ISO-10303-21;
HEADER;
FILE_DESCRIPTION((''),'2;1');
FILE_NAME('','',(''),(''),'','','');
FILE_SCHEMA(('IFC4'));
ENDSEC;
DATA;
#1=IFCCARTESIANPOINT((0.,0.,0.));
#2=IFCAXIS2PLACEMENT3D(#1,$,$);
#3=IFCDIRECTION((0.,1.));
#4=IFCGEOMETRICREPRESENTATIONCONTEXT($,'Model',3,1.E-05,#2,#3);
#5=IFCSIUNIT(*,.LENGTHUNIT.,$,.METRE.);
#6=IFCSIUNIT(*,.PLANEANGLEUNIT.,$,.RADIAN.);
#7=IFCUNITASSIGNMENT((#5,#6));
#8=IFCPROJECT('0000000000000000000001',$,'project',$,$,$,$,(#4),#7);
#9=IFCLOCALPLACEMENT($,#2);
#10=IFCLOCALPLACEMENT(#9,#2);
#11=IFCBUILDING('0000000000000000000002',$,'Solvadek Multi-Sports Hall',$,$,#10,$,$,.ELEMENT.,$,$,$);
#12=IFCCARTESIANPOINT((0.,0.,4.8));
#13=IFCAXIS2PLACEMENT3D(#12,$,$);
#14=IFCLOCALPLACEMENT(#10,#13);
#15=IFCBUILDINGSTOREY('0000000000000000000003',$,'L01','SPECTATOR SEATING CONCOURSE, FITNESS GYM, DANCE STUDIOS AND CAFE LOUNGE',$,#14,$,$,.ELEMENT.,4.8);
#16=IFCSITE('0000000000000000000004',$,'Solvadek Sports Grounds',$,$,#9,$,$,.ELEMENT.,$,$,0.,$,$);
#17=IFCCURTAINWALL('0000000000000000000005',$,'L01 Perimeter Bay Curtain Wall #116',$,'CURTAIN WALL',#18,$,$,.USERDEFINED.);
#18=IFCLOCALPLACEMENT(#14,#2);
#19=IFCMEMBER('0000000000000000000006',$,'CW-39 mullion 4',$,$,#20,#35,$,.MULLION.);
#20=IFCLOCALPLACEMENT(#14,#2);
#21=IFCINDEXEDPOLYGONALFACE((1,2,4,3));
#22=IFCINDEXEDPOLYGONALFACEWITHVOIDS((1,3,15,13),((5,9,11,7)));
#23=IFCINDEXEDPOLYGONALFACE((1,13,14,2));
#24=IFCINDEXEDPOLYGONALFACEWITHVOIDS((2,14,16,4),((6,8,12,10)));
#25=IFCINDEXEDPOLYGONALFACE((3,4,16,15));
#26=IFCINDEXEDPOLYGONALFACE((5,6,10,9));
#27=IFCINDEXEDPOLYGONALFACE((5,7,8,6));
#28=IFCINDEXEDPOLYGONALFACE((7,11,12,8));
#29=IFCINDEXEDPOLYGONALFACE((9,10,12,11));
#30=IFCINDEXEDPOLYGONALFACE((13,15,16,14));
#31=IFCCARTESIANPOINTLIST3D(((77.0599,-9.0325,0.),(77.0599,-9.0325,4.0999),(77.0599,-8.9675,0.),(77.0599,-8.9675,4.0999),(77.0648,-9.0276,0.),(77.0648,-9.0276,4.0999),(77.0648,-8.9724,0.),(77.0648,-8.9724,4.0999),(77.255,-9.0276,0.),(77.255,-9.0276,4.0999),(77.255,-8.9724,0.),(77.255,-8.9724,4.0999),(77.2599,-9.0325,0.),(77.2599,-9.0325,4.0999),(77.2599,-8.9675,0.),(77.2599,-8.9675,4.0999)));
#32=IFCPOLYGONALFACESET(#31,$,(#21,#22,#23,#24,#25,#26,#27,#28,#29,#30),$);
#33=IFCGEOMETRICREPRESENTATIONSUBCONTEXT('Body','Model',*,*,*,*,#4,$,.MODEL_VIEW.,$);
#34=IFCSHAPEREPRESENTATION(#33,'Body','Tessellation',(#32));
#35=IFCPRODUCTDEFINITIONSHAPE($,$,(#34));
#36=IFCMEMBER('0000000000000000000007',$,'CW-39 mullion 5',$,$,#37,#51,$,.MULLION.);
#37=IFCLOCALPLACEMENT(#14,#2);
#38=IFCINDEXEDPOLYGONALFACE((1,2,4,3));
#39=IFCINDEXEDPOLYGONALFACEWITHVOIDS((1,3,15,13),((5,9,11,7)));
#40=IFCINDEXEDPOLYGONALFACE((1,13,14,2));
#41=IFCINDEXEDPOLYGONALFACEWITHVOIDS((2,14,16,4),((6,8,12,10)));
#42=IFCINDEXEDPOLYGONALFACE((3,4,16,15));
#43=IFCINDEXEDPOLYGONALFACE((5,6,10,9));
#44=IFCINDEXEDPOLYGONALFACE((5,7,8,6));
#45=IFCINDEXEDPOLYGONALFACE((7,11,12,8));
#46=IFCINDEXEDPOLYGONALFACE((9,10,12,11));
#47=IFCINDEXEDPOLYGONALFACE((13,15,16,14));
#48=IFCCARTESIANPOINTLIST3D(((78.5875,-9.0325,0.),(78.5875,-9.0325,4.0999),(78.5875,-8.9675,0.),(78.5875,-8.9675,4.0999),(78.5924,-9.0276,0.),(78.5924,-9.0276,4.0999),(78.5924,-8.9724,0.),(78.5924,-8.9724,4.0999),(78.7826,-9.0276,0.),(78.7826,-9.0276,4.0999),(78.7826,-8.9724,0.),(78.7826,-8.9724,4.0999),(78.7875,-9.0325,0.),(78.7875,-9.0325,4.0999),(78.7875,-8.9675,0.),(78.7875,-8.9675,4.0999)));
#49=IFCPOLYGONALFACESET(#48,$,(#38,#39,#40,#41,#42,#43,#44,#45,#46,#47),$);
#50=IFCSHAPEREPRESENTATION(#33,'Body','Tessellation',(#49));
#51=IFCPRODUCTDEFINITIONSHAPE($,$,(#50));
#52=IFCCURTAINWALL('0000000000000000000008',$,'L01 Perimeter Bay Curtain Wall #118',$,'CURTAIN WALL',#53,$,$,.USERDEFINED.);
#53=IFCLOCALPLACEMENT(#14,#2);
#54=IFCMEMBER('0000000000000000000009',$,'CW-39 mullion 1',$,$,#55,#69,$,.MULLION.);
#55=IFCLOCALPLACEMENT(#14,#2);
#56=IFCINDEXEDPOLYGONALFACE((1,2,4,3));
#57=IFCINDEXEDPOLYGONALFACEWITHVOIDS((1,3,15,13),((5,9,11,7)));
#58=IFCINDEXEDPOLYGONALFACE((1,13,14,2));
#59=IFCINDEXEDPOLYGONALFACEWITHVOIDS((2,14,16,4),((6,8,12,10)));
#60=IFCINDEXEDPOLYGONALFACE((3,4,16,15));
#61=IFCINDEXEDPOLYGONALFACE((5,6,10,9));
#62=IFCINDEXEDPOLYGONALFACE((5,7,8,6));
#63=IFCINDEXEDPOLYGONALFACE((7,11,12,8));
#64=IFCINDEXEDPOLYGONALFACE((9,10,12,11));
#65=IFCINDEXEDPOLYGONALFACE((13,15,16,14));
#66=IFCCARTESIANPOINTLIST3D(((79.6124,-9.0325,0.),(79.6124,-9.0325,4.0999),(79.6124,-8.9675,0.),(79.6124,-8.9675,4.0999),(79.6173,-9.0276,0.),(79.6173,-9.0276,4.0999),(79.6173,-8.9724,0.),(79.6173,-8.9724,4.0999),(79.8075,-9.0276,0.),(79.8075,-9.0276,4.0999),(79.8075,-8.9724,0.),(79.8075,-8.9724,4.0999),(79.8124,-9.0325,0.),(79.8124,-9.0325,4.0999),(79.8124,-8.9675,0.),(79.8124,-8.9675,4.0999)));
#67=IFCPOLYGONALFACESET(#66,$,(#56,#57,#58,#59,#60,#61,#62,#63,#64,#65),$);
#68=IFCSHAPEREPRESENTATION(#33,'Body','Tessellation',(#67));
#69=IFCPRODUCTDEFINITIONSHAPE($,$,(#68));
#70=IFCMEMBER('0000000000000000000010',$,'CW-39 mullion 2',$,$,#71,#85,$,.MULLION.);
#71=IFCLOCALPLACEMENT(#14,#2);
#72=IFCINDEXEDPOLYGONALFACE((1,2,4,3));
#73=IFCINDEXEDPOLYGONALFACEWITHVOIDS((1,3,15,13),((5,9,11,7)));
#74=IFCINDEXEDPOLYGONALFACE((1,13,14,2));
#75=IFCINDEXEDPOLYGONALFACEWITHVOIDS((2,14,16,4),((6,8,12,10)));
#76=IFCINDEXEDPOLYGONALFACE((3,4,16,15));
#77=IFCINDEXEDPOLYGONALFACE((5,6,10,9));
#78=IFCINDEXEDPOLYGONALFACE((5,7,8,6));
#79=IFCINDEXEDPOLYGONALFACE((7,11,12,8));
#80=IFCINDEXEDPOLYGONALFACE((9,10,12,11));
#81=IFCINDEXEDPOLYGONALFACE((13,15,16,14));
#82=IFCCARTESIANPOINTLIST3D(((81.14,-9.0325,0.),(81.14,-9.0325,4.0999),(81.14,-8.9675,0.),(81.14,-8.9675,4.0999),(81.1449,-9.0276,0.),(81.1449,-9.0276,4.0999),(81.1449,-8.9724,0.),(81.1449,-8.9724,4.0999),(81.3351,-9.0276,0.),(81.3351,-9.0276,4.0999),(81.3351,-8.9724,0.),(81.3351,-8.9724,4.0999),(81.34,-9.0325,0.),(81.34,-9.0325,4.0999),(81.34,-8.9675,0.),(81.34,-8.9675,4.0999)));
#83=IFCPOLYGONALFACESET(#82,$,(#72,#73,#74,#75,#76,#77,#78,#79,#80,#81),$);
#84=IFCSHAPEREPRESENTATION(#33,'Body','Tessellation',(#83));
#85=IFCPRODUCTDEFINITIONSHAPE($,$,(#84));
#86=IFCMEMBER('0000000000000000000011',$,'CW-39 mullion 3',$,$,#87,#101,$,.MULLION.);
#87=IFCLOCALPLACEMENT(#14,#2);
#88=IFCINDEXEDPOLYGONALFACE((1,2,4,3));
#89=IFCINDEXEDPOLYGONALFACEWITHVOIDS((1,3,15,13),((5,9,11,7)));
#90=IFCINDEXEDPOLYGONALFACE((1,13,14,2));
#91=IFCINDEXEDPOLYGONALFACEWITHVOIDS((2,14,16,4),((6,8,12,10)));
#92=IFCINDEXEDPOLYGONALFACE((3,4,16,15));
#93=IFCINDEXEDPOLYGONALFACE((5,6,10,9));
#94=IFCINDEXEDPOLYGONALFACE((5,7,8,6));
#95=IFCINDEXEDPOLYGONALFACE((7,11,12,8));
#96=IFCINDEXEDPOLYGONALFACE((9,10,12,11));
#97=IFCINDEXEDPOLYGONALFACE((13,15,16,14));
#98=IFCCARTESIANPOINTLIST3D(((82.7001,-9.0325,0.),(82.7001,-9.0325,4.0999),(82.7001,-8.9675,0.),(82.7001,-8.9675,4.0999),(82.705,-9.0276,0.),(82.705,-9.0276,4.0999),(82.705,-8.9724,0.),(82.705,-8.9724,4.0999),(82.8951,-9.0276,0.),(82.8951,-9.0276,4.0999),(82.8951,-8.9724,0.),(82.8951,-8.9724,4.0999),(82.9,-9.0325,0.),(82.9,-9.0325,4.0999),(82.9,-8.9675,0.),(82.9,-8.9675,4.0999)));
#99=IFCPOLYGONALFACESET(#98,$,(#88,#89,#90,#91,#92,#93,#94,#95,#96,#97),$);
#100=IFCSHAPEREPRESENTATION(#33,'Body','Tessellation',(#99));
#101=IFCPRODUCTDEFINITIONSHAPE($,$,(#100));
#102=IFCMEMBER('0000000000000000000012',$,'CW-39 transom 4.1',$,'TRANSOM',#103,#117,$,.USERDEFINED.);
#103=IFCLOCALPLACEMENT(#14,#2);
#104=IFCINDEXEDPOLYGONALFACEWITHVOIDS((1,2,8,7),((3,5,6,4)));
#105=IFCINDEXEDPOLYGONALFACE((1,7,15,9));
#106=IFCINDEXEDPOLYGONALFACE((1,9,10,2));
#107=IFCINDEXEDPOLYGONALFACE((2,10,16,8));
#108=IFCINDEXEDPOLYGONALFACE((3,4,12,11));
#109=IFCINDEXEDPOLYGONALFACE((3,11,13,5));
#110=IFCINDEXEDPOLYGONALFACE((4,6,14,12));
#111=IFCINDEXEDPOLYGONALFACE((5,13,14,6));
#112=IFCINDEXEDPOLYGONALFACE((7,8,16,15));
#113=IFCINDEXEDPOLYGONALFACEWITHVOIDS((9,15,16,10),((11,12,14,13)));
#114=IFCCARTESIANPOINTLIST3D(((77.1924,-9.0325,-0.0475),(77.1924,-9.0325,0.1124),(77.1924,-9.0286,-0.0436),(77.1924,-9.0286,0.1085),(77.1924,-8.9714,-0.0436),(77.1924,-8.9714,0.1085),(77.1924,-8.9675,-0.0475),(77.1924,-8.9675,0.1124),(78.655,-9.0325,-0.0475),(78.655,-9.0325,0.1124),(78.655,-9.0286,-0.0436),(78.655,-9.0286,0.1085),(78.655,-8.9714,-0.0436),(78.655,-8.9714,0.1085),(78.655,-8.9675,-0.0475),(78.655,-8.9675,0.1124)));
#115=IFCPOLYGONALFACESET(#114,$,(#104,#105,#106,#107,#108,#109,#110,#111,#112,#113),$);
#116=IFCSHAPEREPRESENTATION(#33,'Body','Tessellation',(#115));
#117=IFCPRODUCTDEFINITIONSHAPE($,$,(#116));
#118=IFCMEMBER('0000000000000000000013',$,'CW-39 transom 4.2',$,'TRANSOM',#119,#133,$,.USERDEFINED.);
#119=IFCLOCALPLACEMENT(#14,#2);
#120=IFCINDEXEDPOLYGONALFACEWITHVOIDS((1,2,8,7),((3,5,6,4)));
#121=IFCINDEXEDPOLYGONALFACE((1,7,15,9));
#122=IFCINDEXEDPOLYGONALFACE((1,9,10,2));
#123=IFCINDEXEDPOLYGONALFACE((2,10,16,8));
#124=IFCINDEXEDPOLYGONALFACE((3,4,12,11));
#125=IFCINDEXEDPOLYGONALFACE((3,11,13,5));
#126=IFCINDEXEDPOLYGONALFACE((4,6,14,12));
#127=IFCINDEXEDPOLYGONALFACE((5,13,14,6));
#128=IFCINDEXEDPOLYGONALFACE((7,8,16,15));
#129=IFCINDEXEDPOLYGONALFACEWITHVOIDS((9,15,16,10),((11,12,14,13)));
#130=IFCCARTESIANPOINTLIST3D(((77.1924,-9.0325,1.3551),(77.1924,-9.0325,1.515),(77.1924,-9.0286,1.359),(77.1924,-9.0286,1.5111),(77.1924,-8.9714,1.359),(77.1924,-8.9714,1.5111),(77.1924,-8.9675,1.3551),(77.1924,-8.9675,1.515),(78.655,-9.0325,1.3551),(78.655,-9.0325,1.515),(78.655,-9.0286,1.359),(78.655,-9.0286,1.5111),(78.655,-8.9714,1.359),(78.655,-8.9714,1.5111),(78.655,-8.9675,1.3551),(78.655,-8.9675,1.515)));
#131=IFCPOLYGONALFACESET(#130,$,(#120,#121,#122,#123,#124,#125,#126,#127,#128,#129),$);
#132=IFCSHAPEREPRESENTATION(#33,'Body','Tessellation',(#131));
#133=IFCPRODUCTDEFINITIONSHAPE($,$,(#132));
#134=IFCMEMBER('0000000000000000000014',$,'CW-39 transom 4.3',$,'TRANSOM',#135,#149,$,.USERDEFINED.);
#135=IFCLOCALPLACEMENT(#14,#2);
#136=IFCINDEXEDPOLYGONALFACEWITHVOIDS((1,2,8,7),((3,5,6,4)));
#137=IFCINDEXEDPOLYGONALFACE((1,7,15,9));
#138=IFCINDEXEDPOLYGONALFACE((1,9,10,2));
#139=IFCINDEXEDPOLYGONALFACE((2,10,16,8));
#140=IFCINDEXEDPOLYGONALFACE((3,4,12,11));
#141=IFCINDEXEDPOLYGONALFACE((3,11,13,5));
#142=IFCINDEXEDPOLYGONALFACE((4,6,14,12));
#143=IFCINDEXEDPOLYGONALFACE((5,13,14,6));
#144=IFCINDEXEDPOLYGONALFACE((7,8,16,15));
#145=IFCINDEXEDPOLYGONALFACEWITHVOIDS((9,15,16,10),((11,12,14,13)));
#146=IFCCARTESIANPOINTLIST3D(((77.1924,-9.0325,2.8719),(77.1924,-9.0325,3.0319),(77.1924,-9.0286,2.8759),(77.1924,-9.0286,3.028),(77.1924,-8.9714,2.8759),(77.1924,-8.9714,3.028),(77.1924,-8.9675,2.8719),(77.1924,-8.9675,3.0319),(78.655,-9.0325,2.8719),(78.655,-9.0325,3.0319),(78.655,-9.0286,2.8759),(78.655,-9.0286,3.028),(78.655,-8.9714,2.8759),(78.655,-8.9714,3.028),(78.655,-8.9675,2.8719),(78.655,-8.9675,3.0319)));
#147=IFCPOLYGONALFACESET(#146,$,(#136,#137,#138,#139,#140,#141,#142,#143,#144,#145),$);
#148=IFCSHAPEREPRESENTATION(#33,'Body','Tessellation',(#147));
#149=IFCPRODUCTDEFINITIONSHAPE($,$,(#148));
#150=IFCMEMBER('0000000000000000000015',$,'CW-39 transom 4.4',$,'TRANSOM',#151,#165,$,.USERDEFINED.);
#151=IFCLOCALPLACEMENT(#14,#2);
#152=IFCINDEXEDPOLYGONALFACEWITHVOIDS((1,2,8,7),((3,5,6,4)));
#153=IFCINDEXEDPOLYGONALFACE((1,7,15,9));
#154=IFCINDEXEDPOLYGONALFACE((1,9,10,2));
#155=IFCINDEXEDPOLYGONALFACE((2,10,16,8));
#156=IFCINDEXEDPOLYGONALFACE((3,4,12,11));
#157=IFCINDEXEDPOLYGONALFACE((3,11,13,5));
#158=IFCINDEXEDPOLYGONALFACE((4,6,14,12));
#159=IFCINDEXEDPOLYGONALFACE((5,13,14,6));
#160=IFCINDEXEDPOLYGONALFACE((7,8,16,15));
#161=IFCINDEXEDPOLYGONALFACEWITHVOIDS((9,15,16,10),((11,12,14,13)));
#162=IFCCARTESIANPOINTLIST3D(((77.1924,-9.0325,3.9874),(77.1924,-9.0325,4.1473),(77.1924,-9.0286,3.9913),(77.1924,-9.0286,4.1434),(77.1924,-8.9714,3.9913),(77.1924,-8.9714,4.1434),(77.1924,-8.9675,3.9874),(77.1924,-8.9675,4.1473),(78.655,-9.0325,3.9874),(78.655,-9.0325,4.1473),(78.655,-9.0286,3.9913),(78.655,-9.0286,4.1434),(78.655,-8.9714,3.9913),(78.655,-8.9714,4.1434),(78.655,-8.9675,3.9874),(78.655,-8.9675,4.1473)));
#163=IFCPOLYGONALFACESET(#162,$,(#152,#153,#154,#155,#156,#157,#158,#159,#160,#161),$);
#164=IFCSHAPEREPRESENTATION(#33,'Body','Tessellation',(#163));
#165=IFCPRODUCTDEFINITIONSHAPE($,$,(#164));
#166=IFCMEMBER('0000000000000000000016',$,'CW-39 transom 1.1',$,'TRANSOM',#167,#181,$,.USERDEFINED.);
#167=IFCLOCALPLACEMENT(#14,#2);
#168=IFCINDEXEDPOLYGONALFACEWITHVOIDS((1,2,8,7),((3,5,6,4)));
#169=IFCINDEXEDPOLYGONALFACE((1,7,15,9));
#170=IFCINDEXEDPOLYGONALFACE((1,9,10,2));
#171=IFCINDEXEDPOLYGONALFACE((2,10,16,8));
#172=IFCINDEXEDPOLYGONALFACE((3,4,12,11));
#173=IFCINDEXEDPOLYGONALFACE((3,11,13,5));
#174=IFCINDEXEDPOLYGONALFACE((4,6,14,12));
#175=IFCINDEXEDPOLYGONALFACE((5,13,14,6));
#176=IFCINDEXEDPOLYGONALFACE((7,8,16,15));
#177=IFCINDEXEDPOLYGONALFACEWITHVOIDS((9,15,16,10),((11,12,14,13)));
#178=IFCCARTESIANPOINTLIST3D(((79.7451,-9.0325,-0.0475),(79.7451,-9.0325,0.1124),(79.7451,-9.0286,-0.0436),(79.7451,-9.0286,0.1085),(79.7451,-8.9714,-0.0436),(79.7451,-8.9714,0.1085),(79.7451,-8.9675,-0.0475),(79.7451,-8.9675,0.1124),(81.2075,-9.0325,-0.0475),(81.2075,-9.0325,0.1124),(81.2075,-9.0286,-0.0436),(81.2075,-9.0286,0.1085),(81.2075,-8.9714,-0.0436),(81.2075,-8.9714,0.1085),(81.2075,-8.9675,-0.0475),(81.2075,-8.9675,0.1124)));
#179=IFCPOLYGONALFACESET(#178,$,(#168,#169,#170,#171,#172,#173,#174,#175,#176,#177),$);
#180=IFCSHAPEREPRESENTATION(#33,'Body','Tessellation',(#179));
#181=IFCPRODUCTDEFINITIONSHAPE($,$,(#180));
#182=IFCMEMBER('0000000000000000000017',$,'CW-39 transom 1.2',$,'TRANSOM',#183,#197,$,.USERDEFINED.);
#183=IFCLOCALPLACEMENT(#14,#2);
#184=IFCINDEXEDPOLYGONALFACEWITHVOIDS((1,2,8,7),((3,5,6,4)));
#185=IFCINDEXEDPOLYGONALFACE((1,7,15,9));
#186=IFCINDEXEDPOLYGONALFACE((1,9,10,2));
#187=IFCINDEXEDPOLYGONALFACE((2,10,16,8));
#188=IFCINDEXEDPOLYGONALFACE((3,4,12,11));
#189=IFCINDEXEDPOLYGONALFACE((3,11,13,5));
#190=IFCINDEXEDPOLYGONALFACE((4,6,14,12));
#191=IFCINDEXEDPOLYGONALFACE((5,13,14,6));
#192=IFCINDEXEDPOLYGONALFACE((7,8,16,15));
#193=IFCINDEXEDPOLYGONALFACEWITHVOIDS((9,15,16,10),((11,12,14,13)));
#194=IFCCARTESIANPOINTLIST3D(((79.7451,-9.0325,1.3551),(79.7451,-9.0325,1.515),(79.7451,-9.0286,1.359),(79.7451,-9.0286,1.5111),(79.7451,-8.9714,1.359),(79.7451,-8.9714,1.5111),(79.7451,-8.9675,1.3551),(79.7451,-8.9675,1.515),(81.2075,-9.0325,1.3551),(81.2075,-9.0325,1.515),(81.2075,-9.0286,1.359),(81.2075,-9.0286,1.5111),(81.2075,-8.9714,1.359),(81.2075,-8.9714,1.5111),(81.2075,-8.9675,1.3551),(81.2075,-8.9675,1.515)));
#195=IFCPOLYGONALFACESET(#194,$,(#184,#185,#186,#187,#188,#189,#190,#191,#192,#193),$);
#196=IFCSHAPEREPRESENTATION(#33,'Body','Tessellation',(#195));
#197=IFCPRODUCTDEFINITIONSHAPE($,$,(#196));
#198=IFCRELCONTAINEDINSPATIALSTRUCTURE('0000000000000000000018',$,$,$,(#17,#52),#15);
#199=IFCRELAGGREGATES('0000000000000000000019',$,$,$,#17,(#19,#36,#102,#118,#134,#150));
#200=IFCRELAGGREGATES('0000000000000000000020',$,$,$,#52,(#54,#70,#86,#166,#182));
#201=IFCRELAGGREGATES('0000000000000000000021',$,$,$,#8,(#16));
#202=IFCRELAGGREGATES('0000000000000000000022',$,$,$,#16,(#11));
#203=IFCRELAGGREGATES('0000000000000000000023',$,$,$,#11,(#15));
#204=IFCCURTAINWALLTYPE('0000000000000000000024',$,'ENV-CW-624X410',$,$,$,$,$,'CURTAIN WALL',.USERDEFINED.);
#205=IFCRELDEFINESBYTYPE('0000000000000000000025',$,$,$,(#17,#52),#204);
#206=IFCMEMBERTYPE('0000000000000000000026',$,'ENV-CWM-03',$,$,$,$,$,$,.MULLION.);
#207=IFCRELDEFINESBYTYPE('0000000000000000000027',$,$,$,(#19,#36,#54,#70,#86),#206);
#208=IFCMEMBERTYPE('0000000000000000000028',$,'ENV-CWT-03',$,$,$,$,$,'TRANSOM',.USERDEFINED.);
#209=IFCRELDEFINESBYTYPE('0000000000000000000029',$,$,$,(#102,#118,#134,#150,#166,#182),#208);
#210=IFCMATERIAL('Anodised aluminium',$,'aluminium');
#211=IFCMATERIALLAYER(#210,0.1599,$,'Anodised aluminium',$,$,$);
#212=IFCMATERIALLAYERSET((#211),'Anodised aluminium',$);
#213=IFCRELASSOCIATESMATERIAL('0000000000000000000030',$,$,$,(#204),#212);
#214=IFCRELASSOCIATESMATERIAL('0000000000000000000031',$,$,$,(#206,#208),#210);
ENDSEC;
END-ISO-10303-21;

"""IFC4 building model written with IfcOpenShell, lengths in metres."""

from ifc_helpers import new_model, si_unit, direction, frame, origin, origin_2d, place, context, subcontext, project, spatial, hollow_rectangle, extrude, material, layer, layer_set, material_profile, profile_set, type_object, element, aggregate, save


model = new_model("IFC4")

# Units and contexts
model_context = context("Model", 3, precision=1e-05, world=origin(), true_north=direction((0.0, 1.0)))
body_context = subcontext(model_context, "Body", "Model", "MODEL_VIEW")
ifc_project = project(units=[si_unit("LENGTHUNIT", "METRE"), si_unit("PLANEANGLEUNIT", "RADIAN")], contexts=[model_context])

# Site, building, storey
site_placement = place(None, origin())
site = spatial("IfcSite", under=ifc_project, at=site_placement, Name="Solvadek Sports Grounds", CompositionType="ELEMENT", RefElevation=0.0)
building_placement = place(site_placement, origin())
building = spatial("IfcBuilding", under=site, at=building_placement, Name="Solvadek Multi-Sports Hall", CompositionType="ELEMENT")
storey_placement = place(building_placement, frame((0.0, 0.0, 4.8)))
storey = spatial("IfcBuildingStorey", under=building, at=storey_placement, Name="L01", Description="SPECTATOR SEATING CONCOURSE, FITNESS GYM, DANCE STUDIOS AND CAFE LOUNGE", CompositionType="ELEMENT", Elevation=4.8)

# Curtain walls, members
ifc_material_1 = material(Name="Anodised aluminium", Category="aluminium")
ifc_layer_1 = layer(ifc_material_1, 0.1599, Name="Anodised aluminium")
ifc_layer_set_1 = layer_set([ifc_layer_1], Name="Anodised aluminium")
curtain_wall_type = type_object("IfcCurtainWallType", Name="ENV-CW-624X410", ElementType="CURTAIN WALL", PredefinedType="USERDEFINED", material=ifc_layer_set_1)
curtain_wall_1_placement = place(storey_placement, origin())
curtain_wall_1 = element("IfcCurtainWall", 1, at=curtain_wall_1_placement, inside=storey, type_object=curtain_wall_type, Name="L01 Perimeter Bay Curtain Wall #116", ObjectType="CURTAIN WALL", PredefinedType="USERDEFINED")
ifc_material_profile_1 = material_profile(ifc_material_1, hollow_rectangle(XDim=0.0649, YDim=0.2, WallThickness=0.0049, at=origin_2d()), Name="ALU-M 200x65x5")
ifc_profile_set_1 = profile_set([ifc_material_profile_1], Name="Anodised aluminium")
member_type_1 = type_object("IfcMemberType", Name="ENV-CWM-03", PredefinedType="MULLION", material=ifc_profile_set_1)
member_1_placement = place(storey_placement, frame((77.1599, -9.0, 0.0), z_axis=(0.0, 0.0, 1.0), x_axis=(0.0, 1.0, 0.0)))
member_1 = element("IfcMember", 2, at=member_1_placement, type_object=member_type_1, Name="CW-39 mullion 4", PredefinedType="MULLION", context=body_context, shape_type="SweptSolid", body=[
    extrude(hollow_rectangle(XDim=0.0649, YDim=0.2, WallThickness=0.0049, at=origin_2d()), origin(), (0.0, 0.0, 1.0), 4.0999),
])
member_2_placement = place(storey_placement, frame((78.6875, -9.0, 0.0), z_axis=(0.0, 0.0, 1.0), x_axis=(0.0, 1.0, 0.0)))
member_2 = element("IfcMember", 3, at=member_2_placement, type_object=member_type_1, Name="CW-39 mullion 5", PredefinedType="MULLION", context=body_context, shape_type="SweptSolid", body=[
    extrude(hollow_rectangle(XDim=0.0649, YDim=0.2, WallThickness=0.0049, at=origin_2d()), origin(), (0.0, 0.0, 1.0), 4.0999),
])
curtain_wall_2_placement = place(storey_placement, origin())
curtain_wall_2 = element("IfcCurtainWall", 4, at=curtain_wall_2_placement, inside=storey, type_object=curtain_wall_type, Name="L01 Perimeter Bay Curtain Wall #118", ObjectType="CURTAIN WALL", PredefinedType="USERDEFINED")
member_3_placement = place(storey_placement, frame((79.7124, -9.0, 0.0), z_axis=(0.0, 0.0, 1.0), x_axis=(0.0, 1.0, 0.0)))
member_3 = element("IfcMember", 5, at=member_3_placement, type_object=member_type_1, Name="CW-39 mullion 1", PredefinedType="MULLION", context=body_context, shape_type="SweptSolid", body=[
    extrude(hollow_rectangle(XDim=0.0649, YDim=0.2, WallThickness=0.0049, at=origin_2d()), origin(), (0.0, 0.0, 1.0), 4.0999),
])
member_4_placement = place(storey_placement, frame((81.24, -9.0, 0.0), z_axis=(0.0, 0.0, 1.0), x_axis=(0.0, 1.0, 0.0)))
member_4 = element("IfcMember", 6, at=member_4_placement, type_object=member_type_1, Name="CW-39 mullion 2", PredefinedType="MULLION", context=body_context, shape_type="SweptSolid", body=[
    extrude(hollow_rectangle(XDim=0.0649, YDim=0.2, WallThickness=0.0049, at=origin_2d()), origin(), (0.0, 0.0, 1.0), 4.0999),
])
member_5_placement = place(storey_placement, frame((82.8, -9.0, 0.0), z_axis=(0.0, 0.0, 1.0), x_axis=(0.0, 1.0, 0.0)))
member_5 = element("IfcMember", 7, at=member_5_placement, type_object=member_type_1, Name="CW-39 mullion 3", PredefinedType="MULLION", context=body_context, shape_type="SweptSolid", body=[
    extrude(hollow_rectangle(XDim=0.0649, YDim=0.2, WallThickness=0.0049, at=origin_2d()), origin(), (0.0, 0.0, 1.0), 4.0999),
])

# Members
ifc_material_profile_2 = material_profile(ifc_material_1, hollow_rectangle(XDim=0.0649, YDim=0.1599, WallThickness=0.0039, at=origin_2d()), Name="ALU-T 160x65x4")
ifc_profile_set_2 = profile_set([ifc_material_profile_2], Name="Anodised aluminium")
member_type_2 = type_object("IfcMemberType", Name="ENV-CWT-03", ElementType="TRANSOM", PredefinedType="USERDEFINED", material=ifc_profile_set_2)
member_6_placement = place(storey_placement, frame((77.1924, -9.0, 0.0325), z_axis=(1.0, 0.0, 0.0), x_axis=(0.0, 1.0, 0.0)))
member_6 = element("IfcMember", 8, at=member_6_placement, type_object=member_type_2, Name="CW-39 transom 4.1", ObjectType="TRANSOM", PredefinedType="USERDEFINED", context=body_context, shape_type="SweptSolid", body=[
    extrude(hollow_rectangle(XDim=0.0649, YDim=0.1599, WallThickness=0.0039, at=origin_2d()), origin(), (0.0, 0.0, 1.0), 1.4626),
])
member_7_placement = place(storey_placement, frame((77.1924, -9.0, 1.4351), z_axis=(1.0, 0.0, 0.0), x_axis=(0.0, 1.0, 0.0)))
member_7 = element("IfcMember", 9, at=member_7_placement, type_object=member_type_2, Name="CW-39 transom 4.2", ObjectType="TRANSOM", PredefinedType="USERDEFINED", context=body_context, shape_type="SweptSolid", body=[
    extrude(hollow_rectangle(XDim=0.0649, YDim=0.1599, WallThickness=0.0039, at=origin_2d()), origin(), (0.0, 0.0, 1.0), 1.4626),
])
member_8_placement = place(storey_placement, frame((77.1924, -9.0, 2.9519), z_axis=(1.0, 0.0, 0.0), x_axis=(0.0, 1.0, 0.0)))
member_8 = element("IfcMember", 10, at=member_8_placement, type_object=member_type_2, Name="CW-39 transom 4.3", ObjectType="TRANSOM", PredefinedType="USERDEFINED", context=body_context, shape_type="SweptSolid", body=[
    extrude(hollow_rectangle(XDim=0.0649, YDim=0.1599, WallThickness=0.0039, at=origin_2d()), origin(), (0.0, 0.0, 1.0), 1.4626),
])
member_9_placement = place(storey_placement, frame((77.1924, -9.0, 4.0674), z_axis=(1.0, 0.0, 0.0), x_axis=(0.0, 1.0, 0.0)))
member_9 = element("IfcMember", 11, at=member_9_placement, type_object=member_type_2, Name="CW-39 transom 4.4", ObjectType="TRANSOM", PredefinedType="USERDEFINED", context=body_context, shape_type="SweptSolid", body=[
    extrude(hollow_rectangle(XDim=0.0649, YDim=0.1599, WallThickness=0.0039, at=origin_2d()), origin(), (0.0, 0.0, 1.0), 1.4626),
])
member_10_placement = place(storey_placement, frame((79.7451, -9.0, 0.0325), z_axis=(1.0, 0.0, 0.0), x_axis=(0.0, 1.0, 0.0)))
member_10 = element("IfcMember", 12, at=member_10_placement, type_object=member_type_2, Name="CW-39 transom 1.1", ObjectType="TRANSOM", PredefinedType="USERDEFINED", context=body_context, shape_type="SweptSolid", body=[
    extrude(hollow_rectangle(XDim=0.0649, YDim=0.1599, WallThickness=0.0039, at=origin_2d()), origin(), (0.0, 0.0, 1.0), 1.4624),
])
member_11_placement = place(storey_placement, frame((79.7451, -9.0, 1.4351), z_axis=(1.0, 0.0, 0.0), x_axis=(0.0, 1.0, 0.0)))
member_11 = element("IfcMember", 13, at=member_11_placement, type_object=member_type_2, Name="CW-39 transom 1.2", ObjectType="TRANSOM", PredefinedType="USERDEFINED", context=body_context, shape_type="SweptSolid", body=[
    extrude(hollow_rectangle(XDim=0.0649, YDim=0.1599, WallThickness=0.0039, at=origin_2d()), origin(), (0.0, 0.0, 1.0), 1.4624),
])

aggregate(curtain_wall_1, [member_1, member_2, member_6, member_7, member_8, member_9])
aggregate(curtain_wall_2, [member_3, member_4, member_5, member_10, member_11])

save(model, "model.ifc")
